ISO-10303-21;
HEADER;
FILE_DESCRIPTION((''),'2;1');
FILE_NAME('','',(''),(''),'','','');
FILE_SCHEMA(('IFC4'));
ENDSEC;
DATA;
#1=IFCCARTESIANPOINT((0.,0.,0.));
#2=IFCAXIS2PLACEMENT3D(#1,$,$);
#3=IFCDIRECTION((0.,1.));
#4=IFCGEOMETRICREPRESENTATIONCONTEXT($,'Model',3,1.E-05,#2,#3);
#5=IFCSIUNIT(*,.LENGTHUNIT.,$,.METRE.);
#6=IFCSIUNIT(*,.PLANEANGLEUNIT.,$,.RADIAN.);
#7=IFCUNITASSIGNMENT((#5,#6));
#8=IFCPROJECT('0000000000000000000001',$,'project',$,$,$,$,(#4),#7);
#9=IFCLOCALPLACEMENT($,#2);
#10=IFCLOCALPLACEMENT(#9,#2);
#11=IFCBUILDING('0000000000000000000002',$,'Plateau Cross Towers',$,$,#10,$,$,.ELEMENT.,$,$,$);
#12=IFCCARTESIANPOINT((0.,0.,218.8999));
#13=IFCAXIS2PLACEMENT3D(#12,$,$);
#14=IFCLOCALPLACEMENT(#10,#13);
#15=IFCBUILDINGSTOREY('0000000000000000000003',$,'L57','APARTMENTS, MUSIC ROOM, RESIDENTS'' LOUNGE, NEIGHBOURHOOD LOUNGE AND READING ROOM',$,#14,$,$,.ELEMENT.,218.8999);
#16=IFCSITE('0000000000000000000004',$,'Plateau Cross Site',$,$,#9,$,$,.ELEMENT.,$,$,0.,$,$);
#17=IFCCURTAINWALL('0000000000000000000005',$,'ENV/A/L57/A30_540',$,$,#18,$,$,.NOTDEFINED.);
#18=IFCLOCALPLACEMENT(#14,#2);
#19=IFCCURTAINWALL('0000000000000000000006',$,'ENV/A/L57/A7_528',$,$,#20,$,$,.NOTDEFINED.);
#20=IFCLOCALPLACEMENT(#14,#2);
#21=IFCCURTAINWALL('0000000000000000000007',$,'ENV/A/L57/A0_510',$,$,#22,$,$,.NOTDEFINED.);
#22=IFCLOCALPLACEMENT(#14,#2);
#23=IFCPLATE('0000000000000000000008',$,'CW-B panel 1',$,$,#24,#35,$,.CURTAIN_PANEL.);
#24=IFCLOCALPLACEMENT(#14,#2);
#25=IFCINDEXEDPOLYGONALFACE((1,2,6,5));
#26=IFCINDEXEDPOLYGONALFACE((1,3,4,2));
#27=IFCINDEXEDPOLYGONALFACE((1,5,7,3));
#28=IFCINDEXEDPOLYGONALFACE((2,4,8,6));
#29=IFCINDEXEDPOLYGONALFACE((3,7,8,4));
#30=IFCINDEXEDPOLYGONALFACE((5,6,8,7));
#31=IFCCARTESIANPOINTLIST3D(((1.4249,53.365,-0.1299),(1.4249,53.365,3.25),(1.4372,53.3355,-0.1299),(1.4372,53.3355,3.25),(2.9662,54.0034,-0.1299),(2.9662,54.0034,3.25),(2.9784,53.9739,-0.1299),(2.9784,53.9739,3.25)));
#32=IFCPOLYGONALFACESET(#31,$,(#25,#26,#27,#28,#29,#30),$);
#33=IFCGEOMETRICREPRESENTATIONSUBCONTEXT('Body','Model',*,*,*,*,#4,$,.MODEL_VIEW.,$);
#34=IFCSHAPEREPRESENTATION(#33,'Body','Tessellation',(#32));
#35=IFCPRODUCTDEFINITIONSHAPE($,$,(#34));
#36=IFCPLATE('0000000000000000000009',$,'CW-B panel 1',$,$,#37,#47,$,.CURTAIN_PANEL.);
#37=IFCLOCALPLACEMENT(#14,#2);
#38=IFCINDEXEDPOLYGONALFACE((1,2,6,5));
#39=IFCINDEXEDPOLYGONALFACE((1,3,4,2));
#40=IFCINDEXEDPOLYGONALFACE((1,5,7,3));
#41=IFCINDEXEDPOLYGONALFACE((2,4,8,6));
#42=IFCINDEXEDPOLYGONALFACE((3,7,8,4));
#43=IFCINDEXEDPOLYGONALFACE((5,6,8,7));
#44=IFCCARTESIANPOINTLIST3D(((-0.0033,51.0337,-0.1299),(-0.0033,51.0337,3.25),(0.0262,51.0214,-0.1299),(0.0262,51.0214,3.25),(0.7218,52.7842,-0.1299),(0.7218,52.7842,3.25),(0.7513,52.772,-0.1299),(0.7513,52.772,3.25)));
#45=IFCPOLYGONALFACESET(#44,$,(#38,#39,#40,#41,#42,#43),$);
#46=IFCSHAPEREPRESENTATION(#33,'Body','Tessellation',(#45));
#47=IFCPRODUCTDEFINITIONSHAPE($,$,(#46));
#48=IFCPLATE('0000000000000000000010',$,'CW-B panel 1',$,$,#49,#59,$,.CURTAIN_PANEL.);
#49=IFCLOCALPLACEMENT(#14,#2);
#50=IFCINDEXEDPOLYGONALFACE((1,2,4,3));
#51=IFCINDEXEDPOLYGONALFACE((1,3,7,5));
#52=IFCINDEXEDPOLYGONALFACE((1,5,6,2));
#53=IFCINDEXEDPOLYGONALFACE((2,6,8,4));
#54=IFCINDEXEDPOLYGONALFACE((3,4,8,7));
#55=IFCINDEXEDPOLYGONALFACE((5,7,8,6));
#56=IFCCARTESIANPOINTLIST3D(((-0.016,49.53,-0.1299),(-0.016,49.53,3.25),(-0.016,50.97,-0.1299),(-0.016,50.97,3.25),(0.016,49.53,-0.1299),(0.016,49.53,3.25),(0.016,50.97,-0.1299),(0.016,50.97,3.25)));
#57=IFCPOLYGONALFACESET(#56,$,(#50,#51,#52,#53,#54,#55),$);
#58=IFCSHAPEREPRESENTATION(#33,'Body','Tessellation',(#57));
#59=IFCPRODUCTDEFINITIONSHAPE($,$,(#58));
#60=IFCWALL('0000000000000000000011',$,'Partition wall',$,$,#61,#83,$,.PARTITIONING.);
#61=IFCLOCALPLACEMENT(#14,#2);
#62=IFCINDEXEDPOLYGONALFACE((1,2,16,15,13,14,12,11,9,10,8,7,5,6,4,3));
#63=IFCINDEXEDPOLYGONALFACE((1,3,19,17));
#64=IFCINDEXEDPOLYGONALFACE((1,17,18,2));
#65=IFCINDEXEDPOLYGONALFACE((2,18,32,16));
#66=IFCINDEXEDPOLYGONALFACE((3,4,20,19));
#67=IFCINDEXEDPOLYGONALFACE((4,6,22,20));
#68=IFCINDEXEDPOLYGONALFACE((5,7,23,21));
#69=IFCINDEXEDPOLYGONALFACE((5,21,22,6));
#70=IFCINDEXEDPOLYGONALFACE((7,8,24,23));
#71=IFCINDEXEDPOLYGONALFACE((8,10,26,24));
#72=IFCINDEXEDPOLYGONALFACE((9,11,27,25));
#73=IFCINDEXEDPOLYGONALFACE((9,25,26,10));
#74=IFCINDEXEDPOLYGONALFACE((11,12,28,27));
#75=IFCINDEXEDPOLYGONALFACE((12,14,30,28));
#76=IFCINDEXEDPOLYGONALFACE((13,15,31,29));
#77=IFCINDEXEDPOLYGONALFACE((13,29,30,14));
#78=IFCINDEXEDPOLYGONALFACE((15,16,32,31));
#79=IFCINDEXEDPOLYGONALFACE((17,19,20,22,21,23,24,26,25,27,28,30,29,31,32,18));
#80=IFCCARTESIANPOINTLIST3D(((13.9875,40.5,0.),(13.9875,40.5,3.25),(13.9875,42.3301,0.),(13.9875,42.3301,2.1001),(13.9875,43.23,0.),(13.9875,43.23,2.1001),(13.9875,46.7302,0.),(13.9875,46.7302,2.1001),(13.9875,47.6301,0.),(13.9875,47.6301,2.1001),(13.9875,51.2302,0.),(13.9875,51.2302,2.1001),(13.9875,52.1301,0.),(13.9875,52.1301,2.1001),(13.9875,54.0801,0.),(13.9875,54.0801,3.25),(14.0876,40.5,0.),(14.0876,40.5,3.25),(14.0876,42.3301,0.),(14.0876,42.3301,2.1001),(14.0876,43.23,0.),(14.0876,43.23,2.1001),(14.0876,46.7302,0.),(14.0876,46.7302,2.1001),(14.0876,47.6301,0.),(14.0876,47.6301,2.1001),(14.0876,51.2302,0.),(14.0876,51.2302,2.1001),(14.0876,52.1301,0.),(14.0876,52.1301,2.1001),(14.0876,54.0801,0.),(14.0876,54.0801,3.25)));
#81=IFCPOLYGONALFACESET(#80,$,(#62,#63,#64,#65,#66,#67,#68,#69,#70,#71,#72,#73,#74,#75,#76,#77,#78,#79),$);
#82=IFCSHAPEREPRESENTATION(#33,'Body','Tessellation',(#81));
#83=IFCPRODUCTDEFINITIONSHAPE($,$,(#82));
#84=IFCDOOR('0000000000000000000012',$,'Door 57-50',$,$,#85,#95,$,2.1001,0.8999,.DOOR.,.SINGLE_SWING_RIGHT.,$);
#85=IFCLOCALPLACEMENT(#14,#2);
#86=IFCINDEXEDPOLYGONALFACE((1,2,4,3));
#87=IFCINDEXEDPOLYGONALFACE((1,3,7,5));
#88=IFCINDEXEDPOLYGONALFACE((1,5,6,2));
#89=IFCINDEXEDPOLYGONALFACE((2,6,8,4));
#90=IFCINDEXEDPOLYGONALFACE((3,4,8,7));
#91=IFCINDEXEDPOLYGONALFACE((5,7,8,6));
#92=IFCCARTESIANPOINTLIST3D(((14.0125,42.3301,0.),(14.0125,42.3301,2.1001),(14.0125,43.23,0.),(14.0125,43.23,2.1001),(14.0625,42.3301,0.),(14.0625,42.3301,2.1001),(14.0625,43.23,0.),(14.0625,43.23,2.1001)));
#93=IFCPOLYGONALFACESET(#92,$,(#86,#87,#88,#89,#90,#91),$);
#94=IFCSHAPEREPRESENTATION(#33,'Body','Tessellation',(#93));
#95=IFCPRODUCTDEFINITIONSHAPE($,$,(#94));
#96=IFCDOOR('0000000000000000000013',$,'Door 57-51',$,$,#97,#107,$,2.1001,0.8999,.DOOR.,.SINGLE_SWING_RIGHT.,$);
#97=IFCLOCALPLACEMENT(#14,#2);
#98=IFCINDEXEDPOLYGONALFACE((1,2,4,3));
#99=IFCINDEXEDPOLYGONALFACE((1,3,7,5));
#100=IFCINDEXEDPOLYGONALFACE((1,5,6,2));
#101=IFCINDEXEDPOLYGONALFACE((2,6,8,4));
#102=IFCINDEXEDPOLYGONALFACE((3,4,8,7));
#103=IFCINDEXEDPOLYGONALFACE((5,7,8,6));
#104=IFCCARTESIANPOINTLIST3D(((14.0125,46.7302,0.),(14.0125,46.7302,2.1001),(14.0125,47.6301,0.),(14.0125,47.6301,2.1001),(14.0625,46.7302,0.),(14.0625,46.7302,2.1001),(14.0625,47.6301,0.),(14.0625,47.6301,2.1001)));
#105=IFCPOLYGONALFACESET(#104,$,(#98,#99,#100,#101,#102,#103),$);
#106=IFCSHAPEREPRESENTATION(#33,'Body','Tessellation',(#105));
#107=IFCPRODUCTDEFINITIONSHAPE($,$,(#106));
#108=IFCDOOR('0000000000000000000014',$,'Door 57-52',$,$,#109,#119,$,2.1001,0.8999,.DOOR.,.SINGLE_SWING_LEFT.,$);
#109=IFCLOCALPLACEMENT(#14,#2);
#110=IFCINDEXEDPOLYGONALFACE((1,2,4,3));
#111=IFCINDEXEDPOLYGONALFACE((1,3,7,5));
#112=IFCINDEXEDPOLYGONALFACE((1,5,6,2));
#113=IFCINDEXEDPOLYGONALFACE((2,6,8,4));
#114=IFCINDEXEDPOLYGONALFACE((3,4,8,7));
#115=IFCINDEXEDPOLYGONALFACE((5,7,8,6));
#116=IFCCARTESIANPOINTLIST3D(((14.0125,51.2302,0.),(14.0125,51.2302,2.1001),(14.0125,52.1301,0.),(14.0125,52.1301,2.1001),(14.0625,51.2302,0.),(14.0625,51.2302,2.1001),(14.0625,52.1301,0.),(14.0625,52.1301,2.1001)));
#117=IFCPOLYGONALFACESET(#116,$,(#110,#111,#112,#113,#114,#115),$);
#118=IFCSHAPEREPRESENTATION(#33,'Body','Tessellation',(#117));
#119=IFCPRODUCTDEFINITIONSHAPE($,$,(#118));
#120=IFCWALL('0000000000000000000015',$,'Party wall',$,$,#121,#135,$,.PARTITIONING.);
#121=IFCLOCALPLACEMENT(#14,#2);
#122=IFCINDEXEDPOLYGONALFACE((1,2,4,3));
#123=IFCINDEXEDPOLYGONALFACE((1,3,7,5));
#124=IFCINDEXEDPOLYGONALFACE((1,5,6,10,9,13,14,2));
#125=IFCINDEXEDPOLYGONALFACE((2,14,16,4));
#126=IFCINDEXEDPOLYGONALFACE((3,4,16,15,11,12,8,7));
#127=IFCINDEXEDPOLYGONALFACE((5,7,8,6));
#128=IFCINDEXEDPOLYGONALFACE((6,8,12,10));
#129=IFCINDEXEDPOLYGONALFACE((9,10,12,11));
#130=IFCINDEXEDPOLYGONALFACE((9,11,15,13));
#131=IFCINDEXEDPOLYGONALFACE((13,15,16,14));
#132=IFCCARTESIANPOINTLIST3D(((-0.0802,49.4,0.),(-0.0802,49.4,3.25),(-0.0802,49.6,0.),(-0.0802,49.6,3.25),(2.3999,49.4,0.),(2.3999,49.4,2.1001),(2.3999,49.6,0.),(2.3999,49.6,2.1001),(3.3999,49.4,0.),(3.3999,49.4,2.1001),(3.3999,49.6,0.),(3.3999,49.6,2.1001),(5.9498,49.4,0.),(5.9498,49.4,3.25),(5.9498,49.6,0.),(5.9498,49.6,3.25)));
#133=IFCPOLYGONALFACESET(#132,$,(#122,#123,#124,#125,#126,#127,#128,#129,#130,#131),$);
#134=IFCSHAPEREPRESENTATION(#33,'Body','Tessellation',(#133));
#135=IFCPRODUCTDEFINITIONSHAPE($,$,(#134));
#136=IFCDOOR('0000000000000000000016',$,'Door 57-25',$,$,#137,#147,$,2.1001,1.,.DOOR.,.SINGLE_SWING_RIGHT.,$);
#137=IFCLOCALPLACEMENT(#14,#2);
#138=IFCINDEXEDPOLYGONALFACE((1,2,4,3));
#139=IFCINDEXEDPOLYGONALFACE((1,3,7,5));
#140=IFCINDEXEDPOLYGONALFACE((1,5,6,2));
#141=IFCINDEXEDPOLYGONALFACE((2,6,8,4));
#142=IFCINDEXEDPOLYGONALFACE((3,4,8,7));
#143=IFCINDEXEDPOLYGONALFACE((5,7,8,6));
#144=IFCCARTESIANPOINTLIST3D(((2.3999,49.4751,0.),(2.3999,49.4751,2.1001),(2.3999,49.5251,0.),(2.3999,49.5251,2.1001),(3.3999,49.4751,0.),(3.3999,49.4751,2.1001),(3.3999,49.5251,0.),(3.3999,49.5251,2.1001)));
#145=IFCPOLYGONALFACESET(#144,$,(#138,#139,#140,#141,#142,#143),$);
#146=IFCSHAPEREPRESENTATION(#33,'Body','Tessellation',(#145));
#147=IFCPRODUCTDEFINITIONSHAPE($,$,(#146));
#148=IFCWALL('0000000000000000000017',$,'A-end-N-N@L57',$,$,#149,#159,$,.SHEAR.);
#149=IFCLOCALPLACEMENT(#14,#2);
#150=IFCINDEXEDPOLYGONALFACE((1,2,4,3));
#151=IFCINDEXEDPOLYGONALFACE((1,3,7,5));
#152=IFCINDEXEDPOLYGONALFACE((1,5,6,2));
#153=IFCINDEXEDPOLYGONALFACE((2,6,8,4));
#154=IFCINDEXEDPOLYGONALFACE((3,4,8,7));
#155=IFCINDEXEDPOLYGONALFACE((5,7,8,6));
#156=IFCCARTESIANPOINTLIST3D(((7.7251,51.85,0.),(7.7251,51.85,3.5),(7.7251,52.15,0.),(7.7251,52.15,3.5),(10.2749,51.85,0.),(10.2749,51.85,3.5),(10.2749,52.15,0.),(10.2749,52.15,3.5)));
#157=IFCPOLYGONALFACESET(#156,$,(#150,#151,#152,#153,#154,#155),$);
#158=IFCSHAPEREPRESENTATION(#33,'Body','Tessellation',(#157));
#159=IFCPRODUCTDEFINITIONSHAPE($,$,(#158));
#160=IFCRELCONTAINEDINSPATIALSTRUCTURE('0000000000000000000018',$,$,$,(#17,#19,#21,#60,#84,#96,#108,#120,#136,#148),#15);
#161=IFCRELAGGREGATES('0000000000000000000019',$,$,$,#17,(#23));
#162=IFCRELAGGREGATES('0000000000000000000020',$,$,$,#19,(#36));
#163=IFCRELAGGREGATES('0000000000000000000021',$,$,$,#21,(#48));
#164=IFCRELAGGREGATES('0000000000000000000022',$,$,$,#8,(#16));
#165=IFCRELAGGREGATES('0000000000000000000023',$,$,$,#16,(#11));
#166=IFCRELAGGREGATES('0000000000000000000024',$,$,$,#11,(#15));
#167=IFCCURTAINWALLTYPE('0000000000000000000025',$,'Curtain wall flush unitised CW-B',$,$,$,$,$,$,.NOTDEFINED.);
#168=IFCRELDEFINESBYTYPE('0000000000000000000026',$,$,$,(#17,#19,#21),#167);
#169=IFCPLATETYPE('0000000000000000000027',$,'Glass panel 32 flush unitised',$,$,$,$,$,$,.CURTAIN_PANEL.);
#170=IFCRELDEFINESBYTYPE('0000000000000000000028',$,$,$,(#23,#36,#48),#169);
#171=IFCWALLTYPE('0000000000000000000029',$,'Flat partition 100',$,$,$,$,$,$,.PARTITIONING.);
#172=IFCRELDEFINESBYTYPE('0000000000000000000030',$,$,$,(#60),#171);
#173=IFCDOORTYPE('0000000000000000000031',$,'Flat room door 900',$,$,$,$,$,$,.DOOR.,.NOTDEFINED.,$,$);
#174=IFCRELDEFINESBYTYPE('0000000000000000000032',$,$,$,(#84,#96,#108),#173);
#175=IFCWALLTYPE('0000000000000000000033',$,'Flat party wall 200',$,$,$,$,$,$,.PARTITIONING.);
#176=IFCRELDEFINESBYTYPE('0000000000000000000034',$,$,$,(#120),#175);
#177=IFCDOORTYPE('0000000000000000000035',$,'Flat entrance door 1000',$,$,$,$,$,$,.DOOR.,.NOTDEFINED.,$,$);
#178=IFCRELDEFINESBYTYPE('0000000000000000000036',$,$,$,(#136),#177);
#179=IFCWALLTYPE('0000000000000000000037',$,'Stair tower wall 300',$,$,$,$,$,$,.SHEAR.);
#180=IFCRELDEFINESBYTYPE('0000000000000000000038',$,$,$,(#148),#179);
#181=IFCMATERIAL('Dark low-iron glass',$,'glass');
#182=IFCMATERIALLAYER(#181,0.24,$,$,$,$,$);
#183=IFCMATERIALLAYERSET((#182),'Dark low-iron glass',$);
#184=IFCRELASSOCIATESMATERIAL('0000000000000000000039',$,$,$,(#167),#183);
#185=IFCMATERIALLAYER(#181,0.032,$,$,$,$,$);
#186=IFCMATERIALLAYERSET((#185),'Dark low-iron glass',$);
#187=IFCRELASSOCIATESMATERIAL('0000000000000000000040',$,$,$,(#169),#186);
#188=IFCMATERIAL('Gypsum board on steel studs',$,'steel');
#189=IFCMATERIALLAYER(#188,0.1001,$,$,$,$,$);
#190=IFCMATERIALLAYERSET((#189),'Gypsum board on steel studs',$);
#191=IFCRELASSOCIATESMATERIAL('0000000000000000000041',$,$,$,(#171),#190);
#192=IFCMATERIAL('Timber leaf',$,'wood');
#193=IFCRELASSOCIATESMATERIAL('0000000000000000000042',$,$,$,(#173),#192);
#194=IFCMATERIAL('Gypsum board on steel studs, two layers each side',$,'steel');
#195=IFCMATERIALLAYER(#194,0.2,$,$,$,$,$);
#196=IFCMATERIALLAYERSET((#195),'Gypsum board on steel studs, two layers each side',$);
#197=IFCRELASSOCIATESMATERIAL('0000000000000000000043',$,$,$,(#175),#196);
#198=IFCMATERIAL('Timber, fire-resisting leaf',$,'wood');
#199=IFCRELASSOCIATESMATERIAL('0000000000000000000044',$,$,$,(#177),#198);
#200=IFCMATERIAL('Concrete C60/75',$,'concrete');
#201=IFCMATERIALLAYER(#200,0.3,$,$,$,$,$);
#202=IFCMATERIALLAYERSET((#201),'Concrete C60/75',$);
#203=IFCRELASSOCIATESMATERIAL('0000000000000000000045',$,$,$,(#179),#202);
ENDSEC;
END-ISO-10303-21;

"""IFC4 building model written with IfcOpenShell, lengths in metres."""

from ifc_helpers import new_model, si_unit, direction, frame, frame_2d, origin, origin_2d, place, context, subcontext, project, spatial, rectangle, extrude, material, layer, layer_set, type_object, element, fill, aggregate, save


model = new_model("IFC4")

# Units and contexts
model_context = context("Model", 3, precision=1e-05, world=origin(), true_north=direction((0.0, 1.0)))
body_context = subcontext(model_context, "Body", "Model", "MODEL_VIEW")
ifc_project = project(units=[si_unit("LENGTHUNIT", "METRE"), si_unit("PLANEANGLEUNIT", "RADIAN")], contexts=[model_context])

# Site, building, storey
site_placement = place(None, origin())
site = spatial("IfcSite", under=ifc_project, at=site_placement, Name="Plateau Cross Site", CompositionType="ELEMENT", RefElevation=0.0)
building_placement = place(site_placement, origin())
building = spatial("IfcBuilding", under=site, at=building_placement, Name="Plateau Cross Towers", CompositionType="ELEMENT")
storey_placement = place(building_placement, frame((0.0, 0.0, 218.8999)))
storey = spatial("IfcBuildingStorey", under=building, at=storey_placement, Name="L57", Description="APARTMENTS, MUSIC ROOM, RESIDENTS' LOUNGE, NEIGHBOURHOOD LOUNGE AND READING ROOM", CompositionType="ELEMENT", Elevation=218.8999)

# Shared definitions
ifc_material_1 = material(Name="Concrete C60/75", Category="concrete")

# Curtain wall
ifc_material_2 = material(Name="Dark low-iron glass", Category="glass")
ifc_layer_1 = layer(ifc_material_2, 0.24)
ifc_layer_set_1 = layer_set([ifc_layer_1], Name="Dark low-iron glass")
curtain_wall_type = type_object("IfcCurtainWallType", Name="Curtain wall flush unitised CW-B", PredefinedType="NOTDEFINED", material=ifc_layer_set_1)
curtain_wall_1_placement = place(storey_placement, origin())
curtain_wall_1 = element("IfcCurtainWall", 1, at=curtain_wall_1_placement, inside=storey, type_object=curtain_wall_type, Name="ENV/A/L57/A30_540", PredefinedType="NOTDEFINED")

# Curtain wall
curtain_wall_2_placement = place(storey_placement, origin())
curtain_wall_2 = element("IfcCurtainWall", 2, at=curtain_wall_2_placement, inside=storey, type_object=curtain_wall_type, Name="ENV/A/L57/A7_528", PredefinedType="NOTDEFINED")

# Curtain wall
curtain_wall_3_placement = place(storey_placement, origin())
curtain_wall_3 = element("IfcCurtainWall", 3, at=curtain_wall_3_placement, inside=storey, type_object=curtain_wall_type, Name="ENV/A/L57/A0_510", PredefinedType="NOTDEFINED")

# Plates
ifc_layer_2 = layer(ifc_material_2, 0.032)
ifc_layer_set_2 = layer_set([ifc_layer_2], Name="Dark low-iron glass")
plate_type = type_object("IfcPlateType", Name="Glass panel 32 flush unitised", PredefinedType="CURTAIN_PANEL", material=ifc_layer_set_2)
plate_1_placement = place(storey_placement, frame((2.2017, 53.6694, -0.1299), z_axis=(0.0, 0.0, 1.0), x_axis=(-0.923879, -0.382684, 0.0)))
plate_1 = element("IfcPlate", 4, at=plate_1_placement, type_object=plate_type, Name="CW-B panel 1", PredefinedType="CURTAIN_PANEL", context=body_context, shape_type="SweptSolid", body=[
    extrude(rectangle(XDim=1.6682, YDim=0.032, at=origin_2d()), origin(), (0.0, 0.0, 1.0), 3.3799),
])
aggregate(curtain_wall_1, [plate_1])
plate_2_placement = place(storey_placement, frame((0.374, 51.9028, -0.1299), z_axis=(0.0, 0.0, 1.0), x_axis=(-0.382684, -0.923879, 0.0)))
plate_2 = element("IfcPlate", 5, at=plate_2_placement, type_object=plate_type, Name="CW-B panel 1", PredefinedType="CURTAIN_PANEL", context=body_context, shape_type="SweptSolid", body=[
    extrude(rectangle(XDim=1.8948, YDim=0.032, at=origin_2d()), origin(), (0.0, 0.0, 1.0), 3.3799),
])
aggregate(curtain_wall_2, [plate_2])
plate_3_placement = place(storey_placement, frame((0.0, 50.25, -0.1299), z_axis=(0.0, 0.0, 1.0), x_axis=(0.0, -1.0, 0.0)))
plate_3 = element("IfcPlate", 6, at=plate_3_placement, type_object=plate_type, Name="CW-B panel 1", PredefinedType="CURTAIN_PANEL", context=body_context, shape_type="SweptSolid", body=[
    extrude(rectangle(XDim=1.4399, YDim=0.032, at=origin_2d()), origin(), (0.0, 0.0, 1.0), 3.3799),
])
aggregate(curtain_wall_3, [plate_3])

# Wall, openings, doors
ifc_material_3 = material(Name="Gypsum board on steel studs", Category="steel")
ifc_layer_3 = layer(ifc_material_3, 0.1001)
ifc_layer_set_3 = layer_set([ifc_layer_3], Name="Gypsum board on steel studs")
wall_type_1 = type_object("IfcWallType", Name="Flat partition 100", PredefinedType="PARTITIONING", material=ifc_layer_set_3)
wall_1_placement = place(storey_placement, frame((14.0376, 54.0801, 0.0), z_axis=(0.0, 0.0, 1.0), x_axis=(0.0, -1.0, 0.0)))
wall_1 = element("IfcWall", 7, at=wall_1_placement, inside=storey, type_object=wall_type_1, Name="Partition wall", PredefinedType="PARTITIONING", context=body_context, shape_type="SweptSolid", body=[
    extrude(rectangle(XDim=13.5801, YDim=0.1001, at=frame_2d((6.79, 0.0))), origin(), (0.0, 0.0, 1.0), 3.25),
])
opening_1_placement = place(wall_1_placement, frame((10.8501, 0.0, 0.0)))
opening_1 = element("IfcOpeningElement", 8, at=opening_1_placement, cuts=wall_1, PredefinedType="OPENING", context=body_context, shape_type="SweptSolid", body=[
    extrude(rectangle(XDim=0.8999, YDim=2.1001, at=frame_2d((0.45, 1.05))), frame((0.0, 0.0601, 0.0), z_axis=(0.0, -1.0, 0.0), x_axis=(1.0, 0.0, 0.0)), (0.0, 0.0, 1.0), 0.1201),
])
opening_2_placement = place(wall_1_placement, frame((6.45, 0.0, 0.0)))
opening_2 = element("IfcOpeningElement", 9, at=opening_2_placement, cuts=wall_1, PredefinedType="OPENING", context=body_context, shape_type="SweptSolid", body=[
    extrude(rectangle(XDim=0.8999, YDim=2.1001, at=frame_2d((0.45, 1.05))), frame((0.0, 0.0601, 0.0), z_axis=(0.0, -1.0, 0.0), x_axis=(1.0, 0.0, 0.0)), (0.0, 0.0, 1.0), 0.1201),
])
opening_3_placement = place(wall_1_placement, frame((1.95, 0.0, 0.0)))
opening_3 = element("IfcOpeningElement", 10, at=opening_3_placement, cuts=wall_1, PredefinedType="OPENING", context=body_context, shape_type="SweptSolid", body=[
    extrude(rectangle(XDim=0.8999, YDim=2.1001, at=frame_2d((0.45, 1.05))), frame((0.0, 0.0601, 0.0), z_axis=(0.0, -1.0, 0.0), x_axis=(1.0, 0.0, 0.0)), (0.0, 0.0, 1.0), 0.1201),
])
ifc_material_4 = material(Name="Timber leaf", Category="wood")
door_type_1 = type_object("IfcDoorType", Name="Flat room door 900", OperationType="NOTDEFINED", PredefinedType="DOOR", material=ifc_material_4)
door_1_placement = place(opening_1_placement, origin())
door_1 = element("IfcDoor", 11, at=door_1_placement, inside=storey, type_object=door_type_1, Name="Door 57-50", OperationType="SINGLE_SWING_RIGHT", OverallHeight=2.1001, OverallWidth=0.8999, PredefinedType="DOOR", context=body_context, shape_type="SweptSolid", body=[
    extrude(rectangle(XDim=0.8999, YDim=2.1001, at=frame_2d((0.45, 1.05))), frame((0.0, 0.0249, 0.0), z_axis=(0.0, -1.0, 0.0), x_axis=(1.0, 0.0, 0.0)), (0.0, 0.0, 1.0), 0.05),
])
fill(opening_1, door_1)
door_2_placement = place(opening_2_placement, origin())
door_2 = element("IfcDoor", 12, at=door_2_placement, inside=storey, type_object=door_type_1, Name="Door 57-51", OperationType="SINGLE_SWING_RIGHT", OverallHeight=2.1001, OverallWidth=0.8999, PredefinedType="DOOR", context=body_context, shape_type="SweptSolid", body=[
    extrude(rectangle(XDim=0.8999, YDim=2.1001, at=frame_2d((0.45, 1.05))), frame((0.0, 0.0249, 0.0), z_axis=(0.0, -1.0, 0.0), x_axis=(1.0, 0.0, 0.0)), (0.0, 0.0, 1.0), 0.05),
])
fill(opening_2, door_2)
door_3_placement = place(opening_3_placement, origin())
door_3 = element("IfcDoor", 13, at=door_3_placement, inside=storey, type_object=door_type_1, Name="Door 57-52", OperationType="SINGLE_SWING_LEFT", OverallHeight=2.1001, OverallWidth=0.8999, PredefinedType="DOOR", context=body_context, shape_type="SweptSolid", body=[
    extrude(rectangle(XDim=0.8999, YDim=2.1001, at=frame_2d((0.45, 1.05))), frame((0.0, 0.0249, 0.0), z_axis=(0.0, -1.0, 0.0), x_axis=(1.0, 0.0, 0.0)), (0.0, 0.0, 1.0), 0.05),
])
fill(opening_3, door_3)

# Wall, opening, door
ifc_material_5 = material(Name="Gypsum board on steel studs, two layers each side", Category="steel")
ifc_layer_4 = layer(ifc_material_5, 0.2)
ifc_layer_set_4 = layer_set([ifc_layer_4], Name="Gypsum board on steel studs, two layers each side")
wall_type_2 = type_object("IfcWallType", Name="Flat party wall 200", PredefinedType="PARTITIONING", material=ifc_layer_set_4)
wall_2_placement = place(storey_placement, frame((5.95, 49.5, 0.0), z_axis=(0.0, 0.0, 1.0), x_axis=(-1.0, 0.0, 0.0)))
wall_2 = element("IfcWall", 14, at=wall_2_placement, inside=storey, type_object=wall_type_2, Name="Party wall", PredefinedType="PARTITIONING", context=body_context, shape_type="SweptSolid", body=[
    extrude(rectangle(XDim=6.03, YDim=0.2, at=frame_2d((3.0151, 0.0))), origin(), (0.0, 0.0, 1.0), 3.25),
])
opening_4_placement = place(wall_2_placement, frame((2.55, 0.0, 0.0)))
opening_4 = element("IfcOpeningElement", 15, at=opening_4_placement, cuts=wall_2, PredefinedType="OPENING", context=body_context, shape_type="SweptSolid", body=[
    extrude(rectangle(XDim=1.0, YDim=2.1001, at=frame_2d((0.5, 1.05))), frame((0.0, 0.1099, 0.0), z_axis=(0.0, -1.0, 0.0), x_axis=(1.0, 0.0, 0.0)), (0.0, 0.0, 1.0), 0.22),
])
ifc_material_6 = material(Name="Timber, fire-resisting leaf", Category="wood")
door_type_2 = type_object("IfcDoorType", Name="Flat entrance door 1000", OperationType="NOTDEFINED", PredefinedType="DOOR", material=ifc_material_6)
door_4_placement = place(opening_4_placement, origin())
door_4 = element("IfcDoor", 16, at=door_4_placement, inside=storey, type_object=door_type_2, Name="Door 57-25", OperationType="SINGLE_SWING_RIGHT", OverallHeight=2.1001, OverallWidth=1.0, PredefinedType="DOOR", context=body_context, shape_type="SweptSolid", body=[
    extrude(rectangle(XDim=1.0, YDim=2.1001, at=frame_2d((0.5, 1.05))), frame((0.0, 0.0249, 0.0), z_axis=(0.0, -1.0, 0.0), x_axis=(1.0, 0.0, 0.0)), (0.0, 0.0, 1.0), 0.05),
])
fill(opening_4, door_4)

# Wall
ifc_layer_5 = layer(ifc_material_1, 0.3)
ifc_layer_set_5 = layer_set([ifc_layer_5], Name="Concrete C60/75")
wall_type_3 = type_object("IfcWallType", Name="Stair tower wall 300", PredefinedType="SHEAR", material=ifc_layer_set_5)
wall_3_placement = place(storey_placement, frame((7.7251, 52.0, 0.0), z_axis=(0.0, 0.0, 1.0), x_axis=(1.0, 0.0, 0.0)))
element("IfcWall", 17, at=wall_3_placement, inside=storey, type_object=wall_type_3, Name="A-end-N-N@L57", PredefinedType="SHEAR", context=body_context, shape_type="SweptSolid", body=[
    extrude(rectangle(XDim=2.5498, YDim=0.3, at=frame_2d((1.2749, 0.0))), origin(), (0.0, 0.0, 1.0), 3.5),
])

save(model, "model.ifc")
